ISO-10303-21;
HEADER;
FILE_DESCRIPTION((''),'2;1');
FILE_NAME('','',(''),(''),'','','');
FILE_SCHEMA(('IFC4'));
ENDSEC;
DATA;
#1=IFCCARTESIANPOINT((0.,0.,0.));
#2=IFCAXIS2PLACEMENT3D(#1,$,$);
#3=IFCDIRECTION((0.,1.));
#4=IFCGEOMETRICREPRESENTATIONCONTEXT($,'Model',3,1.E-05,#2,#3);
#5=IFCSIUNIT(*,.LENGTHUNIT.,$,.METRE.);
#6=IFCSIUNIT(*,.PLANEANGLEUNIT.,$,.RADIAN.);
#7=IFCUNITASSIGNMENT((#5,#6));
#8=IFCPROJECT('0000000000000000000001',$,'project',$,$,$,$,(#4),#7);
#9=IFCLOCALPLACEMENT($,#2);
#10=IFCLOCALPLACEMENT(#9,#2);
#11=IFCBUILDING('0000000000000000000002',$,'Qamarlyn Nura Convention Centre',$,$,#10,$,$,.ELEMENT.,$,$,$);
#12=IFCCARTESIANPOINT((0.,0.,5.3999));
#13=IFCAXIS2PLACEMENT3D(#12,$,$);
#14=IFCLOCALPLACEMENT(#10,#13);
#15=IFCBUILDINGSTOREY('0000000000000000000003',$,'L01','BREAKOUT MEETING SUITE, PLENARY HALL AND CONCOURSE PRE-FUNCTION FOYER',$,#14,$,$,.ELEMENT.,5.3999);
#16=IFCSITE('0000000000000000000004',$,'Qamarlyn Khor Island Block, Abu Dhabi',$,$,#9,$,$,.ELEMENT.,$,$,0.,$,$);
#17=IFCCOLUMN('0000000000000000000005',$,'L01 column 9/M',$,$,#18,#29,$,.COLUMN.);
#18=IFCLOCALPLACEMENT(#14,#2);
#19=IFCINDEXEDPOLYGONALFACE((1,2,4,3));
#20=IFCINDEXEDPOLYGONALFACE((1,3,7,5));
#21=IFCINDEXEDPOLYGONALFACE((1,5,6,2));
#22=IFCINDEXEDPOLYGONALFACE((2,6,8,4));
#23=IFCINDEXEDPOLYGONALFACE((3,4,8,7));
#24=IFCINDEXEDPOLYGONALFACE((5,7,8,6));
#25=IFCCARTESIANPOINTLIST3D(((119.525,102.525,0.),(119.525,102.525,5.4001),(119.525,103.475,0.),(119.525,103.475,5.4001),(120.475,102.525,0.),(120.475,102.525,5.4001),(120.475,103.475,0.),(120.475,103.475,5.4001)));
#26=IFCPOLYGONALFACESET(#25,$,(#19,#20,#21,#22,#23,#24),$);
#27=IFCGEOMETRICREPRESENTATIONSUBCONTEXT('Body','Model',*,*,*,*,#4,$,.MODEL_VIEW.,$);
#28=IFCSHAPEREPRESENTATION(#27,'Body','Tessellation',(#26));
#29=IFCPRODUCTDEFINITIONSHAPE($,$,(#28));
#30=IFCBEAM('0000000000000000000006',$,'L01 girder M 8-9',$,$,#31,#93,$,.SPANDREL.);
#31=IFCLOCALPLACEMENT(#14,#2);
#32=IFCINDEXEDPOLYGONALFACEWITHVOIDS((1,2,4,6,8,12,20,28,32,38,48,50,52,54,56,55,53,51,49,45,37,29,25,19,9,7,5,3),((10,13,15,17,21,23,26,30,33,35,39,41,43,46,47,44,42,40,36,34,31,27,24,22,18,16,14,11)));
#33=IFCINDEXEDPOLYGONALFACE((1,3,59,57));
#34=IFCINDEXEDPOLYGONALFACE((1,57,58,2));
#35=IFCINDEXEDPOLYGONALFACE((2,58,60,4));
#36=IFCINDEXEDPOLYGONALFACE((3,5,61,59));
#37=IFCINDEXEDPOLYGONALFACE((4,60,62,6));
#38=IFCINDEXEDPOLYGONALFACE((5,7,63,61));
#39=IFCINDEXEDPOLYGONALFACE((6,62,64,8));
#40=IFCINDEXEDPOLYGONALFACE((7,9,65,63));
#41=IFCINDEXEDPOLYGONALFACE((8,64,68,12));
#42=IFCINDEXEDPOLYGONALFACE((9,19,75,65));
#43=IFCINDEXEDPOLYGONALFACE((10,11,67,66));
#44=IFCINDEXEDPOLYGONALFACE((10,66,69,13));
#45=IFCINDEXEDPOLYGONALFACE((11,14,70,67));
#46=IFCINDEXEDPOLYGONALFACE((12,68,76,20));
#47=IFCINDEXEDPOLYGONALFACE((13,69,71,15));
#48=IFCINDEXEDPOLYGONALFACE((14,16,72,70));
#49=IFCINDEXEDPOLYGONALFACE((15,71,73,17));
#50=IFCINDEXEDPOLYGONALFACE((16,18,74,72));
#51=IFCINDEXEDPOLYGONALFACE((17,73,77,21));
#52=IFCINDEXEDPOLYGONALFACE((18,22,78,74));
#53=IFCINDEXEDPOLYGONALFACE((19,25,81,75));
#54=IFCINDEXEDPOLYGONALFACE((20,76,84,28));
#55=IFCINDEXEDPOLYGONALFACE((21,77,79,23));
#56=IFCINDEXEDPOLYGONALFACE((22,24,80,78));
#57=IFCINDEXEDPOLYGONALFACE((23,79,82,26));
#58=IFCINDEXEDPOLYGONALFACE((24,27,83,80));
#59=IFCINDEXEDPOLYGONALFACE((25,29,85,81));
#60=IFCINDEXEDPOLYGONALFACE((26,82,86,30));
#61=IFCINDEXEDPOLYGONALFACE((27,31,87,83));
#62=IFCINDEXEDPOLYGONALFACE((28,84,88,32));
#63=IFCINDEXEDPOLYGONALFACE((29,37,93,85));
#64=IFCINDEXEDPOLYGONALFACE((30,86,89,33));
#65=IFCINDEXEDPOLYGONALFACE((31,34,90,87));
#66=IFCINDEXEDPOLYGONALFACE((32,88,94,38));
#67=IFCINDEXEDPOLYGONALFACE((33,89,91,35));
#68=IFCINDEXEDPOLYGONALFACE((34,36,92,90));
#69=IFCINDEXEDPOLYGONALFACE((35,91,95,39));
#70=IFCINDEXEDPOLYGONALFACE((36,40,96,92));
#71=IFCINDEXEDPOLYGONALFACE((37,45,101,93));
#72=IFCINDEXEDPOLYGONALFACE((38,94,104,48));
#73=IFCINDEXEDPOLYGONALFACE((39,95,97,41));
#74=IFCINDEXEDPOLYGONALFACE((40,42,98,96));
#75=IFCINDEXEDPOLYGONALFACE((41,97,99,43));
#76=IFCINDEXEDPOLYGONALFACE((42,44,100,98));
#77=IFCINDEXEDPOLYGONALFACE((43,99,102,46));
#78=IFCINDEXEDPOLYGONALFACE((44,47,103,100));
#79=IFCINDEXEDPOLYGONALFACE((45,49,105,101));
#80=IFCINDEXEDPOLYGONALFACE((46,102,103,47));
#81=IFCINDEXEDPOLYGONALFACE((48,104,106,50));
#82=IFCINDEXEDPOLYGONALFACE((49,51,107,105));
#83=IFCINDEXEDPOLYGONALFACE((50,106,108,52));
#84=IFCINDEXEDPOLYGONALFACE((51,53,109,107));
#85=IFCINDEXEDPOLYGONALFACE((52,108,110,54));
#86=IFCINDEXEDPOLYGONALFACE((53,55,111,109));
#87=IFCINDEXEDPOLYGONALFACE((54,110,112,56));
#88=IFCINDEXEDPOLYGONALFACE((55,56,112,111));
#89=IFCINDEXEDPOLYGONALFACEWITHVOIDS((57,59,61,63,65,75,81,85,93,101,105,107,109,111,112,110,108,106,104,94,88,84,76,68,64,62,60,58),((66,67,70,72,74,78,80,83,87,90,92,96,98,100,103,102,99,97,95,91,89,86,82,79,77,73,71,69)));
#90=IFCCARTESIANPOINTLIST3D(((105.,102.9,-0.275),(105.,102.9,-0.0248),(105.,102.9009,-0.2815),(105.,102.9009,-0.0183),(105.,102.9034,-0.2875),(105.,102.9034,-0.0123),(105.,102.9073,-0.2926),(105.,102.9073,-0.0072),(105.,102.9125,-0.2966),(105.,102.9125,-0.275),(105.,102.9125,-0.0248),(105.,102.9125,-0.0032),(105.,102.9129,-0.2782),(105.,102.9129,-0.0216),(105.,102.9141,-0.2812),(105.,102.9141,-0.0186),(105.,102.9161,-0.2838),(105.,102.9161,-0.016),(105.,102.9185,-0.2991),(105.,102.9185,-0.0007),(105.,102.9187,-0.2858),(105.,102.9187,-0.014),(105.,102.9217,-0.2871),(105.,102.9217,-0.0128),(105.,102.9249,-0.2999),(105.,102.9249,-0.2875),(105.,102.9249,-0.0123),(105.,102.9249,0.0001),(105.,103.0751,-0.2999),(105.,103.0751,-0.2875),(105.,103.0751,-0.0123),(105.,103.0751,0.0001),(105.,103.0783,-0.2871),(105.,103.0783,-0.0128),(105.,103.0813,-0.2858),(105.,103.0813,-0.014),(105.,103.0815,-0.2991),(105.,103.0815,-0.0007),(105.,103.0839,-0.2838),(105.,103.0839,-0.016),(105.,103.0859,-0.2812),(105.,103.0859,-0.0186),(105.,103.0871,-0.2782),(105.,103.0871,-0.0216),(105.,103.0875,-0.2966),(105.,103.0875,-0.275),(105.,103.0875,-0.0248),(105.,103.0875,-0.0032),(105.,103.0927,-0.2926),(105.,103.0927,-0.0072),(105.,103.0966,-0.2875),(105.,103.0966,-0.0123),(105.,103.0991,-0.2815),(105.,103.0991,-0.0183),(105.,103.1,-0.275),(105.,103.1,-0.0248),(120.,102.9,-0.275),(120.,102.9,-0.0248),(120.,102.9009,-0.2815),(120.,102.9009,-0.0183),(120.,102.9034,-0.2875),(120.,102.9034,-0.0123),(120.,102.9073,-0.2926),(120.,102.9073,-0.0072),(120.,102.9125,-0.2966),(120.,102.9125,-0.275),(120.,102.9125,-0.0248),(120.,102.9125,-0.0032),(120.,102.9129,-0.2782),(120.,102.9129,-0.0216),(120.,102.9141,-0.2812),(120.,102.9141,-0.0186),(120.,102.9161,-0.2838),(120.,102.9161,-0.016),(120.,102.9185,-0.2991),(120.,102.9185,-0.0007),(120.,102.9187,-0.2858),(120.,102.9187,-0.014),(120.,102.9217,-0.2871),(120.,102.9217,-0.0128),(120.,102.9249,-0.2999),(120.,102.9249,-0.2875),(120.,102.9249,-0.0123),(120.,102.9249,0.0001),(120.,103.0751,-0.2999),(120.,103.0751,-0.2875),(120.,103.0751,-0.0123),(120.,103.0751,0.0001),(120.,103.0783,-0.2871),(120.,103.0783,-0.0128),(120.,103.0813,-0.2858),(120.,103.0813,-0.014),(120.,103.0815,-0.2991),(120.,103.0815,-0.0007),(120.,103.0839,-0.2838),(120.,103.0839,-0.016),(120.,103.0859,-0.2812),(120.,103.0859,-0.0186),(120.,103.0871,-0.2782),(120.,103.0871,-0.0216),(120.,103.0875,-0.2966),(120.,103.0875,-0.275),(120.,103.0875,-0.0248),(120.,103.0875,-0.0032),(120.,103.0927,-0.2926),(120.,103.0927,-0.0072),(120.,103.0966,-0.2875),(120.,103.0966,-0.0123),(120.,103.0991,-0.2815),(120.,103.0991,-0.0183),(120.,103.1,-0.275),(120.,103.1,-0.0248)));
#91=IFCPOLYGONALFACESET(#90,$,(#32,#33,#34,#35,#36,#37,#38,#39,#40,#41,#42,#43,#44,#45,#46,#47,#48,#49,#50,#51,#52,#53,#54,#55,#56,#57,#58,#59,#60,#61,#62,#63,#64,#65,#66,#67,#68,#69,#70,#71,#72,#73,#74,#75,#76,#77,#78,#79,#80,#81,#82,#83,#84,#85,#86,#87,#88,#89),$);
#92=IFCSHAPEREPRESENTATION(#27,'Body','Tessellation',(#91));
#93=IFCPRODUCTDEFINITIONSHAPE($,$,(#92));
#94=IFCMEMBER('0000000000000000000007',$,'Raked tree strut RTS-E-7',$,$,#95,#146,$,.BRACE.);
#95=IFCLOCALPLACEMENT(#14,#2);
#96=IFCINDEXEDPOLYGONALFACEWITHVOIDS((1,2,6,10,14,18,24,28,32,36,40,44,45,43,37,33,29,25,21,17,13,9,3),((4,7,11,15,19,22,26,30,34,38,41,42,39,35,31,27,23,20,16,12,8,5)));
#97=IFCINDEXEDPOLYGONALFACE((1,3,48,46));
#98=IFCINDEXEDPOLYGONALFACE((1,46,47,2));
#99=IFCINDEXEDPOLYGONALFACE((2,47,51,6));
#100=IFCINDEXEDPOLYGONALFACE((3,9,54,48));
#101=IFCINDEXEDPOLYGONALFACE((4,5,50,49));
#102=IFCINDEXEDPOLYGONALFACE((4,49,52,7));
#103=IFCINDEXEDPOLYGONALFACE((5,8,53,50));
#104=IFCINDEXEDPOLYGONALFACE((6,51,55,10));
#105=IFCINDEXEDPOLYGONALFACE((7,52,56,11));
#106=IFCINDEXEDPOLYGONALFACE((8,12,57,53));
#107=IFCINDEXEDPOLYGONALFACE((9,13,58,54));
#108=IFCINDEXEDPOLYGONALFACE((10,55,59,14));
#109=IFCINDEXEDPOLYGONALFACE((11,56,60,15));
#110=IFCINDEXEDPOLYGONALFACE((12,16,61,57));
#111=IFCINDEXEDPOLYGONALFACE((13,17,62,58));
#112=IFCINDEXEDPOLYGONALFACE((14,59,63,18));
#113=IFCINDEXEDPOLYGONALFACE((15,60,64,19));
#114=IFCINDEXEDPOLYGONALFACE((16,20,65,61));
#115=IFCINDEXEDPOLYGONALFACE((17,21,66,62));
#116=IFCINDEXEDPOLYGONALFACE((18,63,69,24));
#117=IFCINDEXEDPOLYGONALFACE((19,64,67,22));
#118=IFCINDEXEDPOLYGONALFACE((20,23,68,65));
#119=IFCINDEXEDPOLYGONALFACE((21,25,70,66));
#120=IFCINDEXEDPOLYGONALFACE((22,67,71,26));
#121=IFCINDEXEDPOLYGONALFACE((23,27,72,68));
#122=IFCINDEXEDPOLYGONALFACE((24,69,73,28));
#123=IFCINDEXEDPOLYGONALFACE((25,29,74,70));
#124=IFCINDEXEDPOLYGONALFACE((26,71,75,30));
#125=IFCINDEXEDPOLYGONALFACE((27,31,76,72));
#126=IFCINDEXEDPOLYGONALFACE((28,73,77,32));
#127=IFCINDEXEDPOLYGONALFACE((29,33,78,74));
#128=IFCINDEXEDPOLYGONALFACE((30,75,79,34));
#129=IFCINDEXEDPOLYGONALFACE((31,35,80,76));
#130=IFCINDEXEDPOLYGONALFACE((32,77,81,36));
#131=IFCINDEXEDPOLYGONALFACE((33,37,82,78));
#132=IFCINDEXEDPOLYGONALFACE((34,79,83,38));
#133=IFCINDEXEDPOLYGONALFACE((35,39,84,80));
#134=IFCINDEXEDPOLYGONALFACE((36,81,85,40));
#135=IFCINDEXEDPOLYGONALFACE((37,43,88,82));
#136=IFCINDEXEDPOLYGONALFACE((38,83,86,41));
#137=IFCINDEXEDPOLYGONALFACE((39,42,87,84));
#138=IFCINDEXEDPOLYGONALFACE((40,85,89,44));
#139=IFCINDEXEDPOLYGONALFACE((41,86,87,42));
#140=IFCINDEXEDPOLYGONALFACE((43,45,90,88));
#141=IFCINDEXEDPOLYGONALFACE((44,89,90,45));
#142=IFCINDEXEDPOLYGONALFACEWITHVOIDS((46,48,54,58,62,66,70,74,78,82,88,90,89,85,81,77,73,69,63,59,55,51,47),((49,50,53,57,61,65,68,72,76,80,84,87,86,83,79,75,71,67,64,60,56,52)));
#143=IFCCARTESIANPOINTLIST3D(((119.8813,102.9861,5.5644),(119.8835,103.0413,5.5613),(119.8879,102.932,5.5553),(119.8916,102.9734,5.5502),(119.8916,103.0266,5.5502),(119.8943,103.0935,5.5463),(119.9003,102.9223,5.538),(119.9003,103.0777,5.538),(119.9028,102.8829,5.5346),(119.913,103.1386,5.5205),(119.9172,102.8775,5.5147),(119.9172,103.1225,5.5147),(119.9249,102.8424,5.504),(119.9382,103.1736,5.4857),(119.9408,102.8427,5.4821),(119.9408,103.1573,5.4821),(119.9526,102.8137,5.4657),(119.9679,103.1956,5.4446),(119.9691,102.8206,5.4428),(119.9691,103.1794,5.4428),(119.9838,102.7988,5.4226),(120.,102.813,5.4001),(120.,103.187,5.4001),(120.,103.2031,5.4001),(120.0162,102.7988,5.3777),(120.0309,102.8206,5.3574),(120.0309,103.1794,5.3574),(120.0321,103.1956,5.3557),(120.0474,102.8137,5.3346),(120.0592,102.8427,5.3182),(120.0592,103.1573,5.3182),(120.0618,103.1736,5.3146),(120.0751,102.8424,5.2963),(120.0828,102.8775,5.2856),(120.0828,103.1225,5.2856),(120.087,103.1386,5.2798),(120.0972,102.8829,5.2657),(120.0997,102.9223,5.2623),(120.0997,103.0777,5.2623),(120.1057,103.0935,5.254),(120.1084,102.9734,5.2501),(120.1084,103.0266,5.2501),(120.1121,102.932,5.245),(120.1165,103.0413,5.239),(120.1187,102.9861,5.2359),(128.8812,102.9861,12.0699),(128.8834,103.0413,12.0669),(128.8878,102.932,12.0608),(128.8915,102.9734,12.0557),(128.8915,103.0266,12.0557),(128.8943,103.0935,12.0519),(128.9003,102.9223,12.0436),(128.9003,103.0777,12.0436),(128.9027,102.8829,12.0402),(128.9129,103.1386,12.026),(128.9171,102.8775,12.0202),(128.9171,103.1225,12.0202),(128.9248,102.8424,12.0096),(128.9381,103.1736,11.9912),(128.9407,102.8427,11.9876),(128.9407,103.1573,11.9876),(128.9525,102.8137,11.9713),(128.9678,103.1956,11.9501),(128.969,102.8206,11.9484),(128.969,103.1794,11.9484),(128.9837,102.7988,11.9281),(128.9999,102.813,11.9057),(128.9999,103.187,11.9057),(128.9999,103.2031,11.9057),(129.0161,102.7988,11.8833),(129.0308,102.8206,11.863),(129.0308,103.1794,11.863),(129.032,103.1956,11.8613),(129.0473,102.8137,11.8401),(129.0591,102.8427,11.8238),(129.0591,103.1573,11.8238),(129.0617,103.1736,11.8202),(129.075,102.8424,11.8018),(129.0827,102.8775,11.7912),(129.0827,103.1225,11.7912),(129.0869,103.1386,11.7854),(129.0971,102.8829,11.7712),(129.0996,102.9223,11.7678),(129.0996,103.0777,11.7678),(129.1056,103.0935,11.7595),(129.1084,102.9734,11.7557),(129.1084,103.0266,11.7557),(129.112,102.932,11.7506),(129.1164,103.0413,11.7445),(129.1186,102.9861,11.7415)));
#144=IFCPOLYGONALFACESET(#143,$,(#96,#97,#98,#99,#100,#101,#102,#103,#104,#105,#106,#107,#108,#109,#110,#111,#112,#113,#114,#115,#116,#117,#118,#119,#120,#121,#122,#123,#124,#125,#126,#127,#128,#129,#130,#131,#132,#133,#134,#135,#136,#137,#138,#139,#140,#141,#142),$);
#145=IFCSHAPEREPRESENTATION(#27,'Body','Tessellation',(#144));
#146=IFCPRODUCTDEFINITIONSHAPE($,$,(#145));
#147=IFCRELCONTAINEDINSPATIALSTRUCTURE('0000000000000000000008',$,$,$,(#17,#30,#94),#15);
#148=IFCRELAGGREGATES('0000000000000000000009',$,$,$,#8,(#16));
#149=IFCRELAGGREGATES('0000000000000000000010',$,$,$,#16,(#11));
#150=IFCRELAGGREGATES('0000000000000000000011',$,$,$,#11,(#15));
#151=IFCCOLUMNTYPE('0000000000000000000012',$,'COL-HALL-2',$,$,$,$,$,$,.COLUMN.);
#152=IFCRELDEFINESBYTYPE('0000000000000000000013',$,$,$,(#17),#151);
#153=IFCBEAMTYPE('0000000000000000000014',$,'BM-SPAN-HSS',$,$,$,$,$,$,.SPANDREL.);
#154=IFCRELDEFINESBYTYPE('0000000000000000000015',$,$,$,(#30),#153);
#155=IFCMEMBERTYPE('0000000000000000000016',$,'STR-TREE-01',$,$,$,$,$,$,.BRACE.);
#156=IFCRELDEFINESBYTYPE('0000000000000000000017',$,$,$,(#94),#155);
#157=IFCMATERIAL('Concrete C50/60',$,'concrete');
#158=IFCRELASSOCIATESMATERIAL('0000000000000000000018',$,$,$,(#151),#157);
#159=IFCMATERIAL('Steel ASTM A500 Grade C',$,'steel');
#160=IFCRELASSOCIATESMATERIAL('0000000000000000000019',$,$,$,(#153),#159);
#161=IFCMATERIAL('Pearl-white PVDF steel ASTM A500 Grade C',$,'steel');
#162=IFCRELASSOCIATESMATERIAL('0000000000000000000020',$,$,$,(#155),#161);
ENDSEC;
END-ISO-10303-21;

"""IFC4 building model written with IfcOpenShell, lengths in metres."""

from ifc_helpers import new_model, si_unit, direction, frame, origin, origin_2d, place, context, subcontext, project, spatial, rectangle, hollow_rectangle, hollow_circle, extrude, material, material_profile, profile_set, type_object, element, save


model = new_model("IFC4")

# Units and contexts
model_context = context("Model", 3, precision=1e-05, world=origin(), true_north=direction((0.0, 1.0)))
body_context = subcontext(model_context, "Body", "Model", "MODEL_VIEW")
ifc_project = project(units=[si_unit("LENGTHUNIT", "METRE"), si_unit("PLANEANGLEUNIT", "RADIAN")], contexts=[model_context])

# Site, building, storey
site_placement = place(None, origin())
site = spatial("IfcSite", under=ifc_project, at=site_placement, Name="Qamarlyn Khor Island Block, Abu Dhabi", CompositionType="ELEMENT", RefElevation=0.0)
building_placement = place(site_placement, origin())
building = spatial("IfcBuilding", under=site, at=building_placement, Name="Qamarlyn Nura Convention Centre", CompositionType="ELEMENT")
storey_placement = place(building_placement, frame((0.0, 0.0, 5.3999)))
storey = spatial("IfcBuildingStorey", under=building, at=storey_placement, Name="L01", Description="BREAKOUT MEETING SUITE, PLENARY HALL AND CONCOURSE PRE-FUNCTION FOYER", CompositionType="ELEMENT", Elevation=5.3999)

# Column
ifc_material_1 = material(Name="Concrete C50/60", Category="concrete")
ifc_material_profile_1 = material_profile(ifc_material_1, rectangle(XDim=0.95, YDim=0.95, at=origin_2d()), Name="RC 950x950")
ifc_profile_set_1 = profile_set([ifc_material_profile_1], Name="Concrete C50/60")
column_type = type_object("IfcColumnType", Name="COL-HALL-2", PredefinedType="COLUMN", material=ifc_profile_set_1)
column_placement = place(storey_placement, frame((120.0, 103.0, 0.0), z_axis=(0.0, 0.0, 1.0), x_axis=(1.0, 0.0, 0.0)))
element("IfcColumn", 1, at=column_placement, inside=storey, type_object=column_type, Name="L01 column 9/M", PredefinedType="COLUMN", context=body_context, shape_type="SweptSolid", body=[
    extrude(rectangle(XDim=0.95, YDim=0.95, at=origin_2d()), origin(), (0.0, 0.0, 1.0), 5.4001),
])

# Beam
ifc_material_2 = material(Name="Steel ASTM A500 Grade C", Category="steel")
ifc_material_profile_2 = material_profile(ifc_material_2, hollow_rectangle(XDim=0.2, YDim=0.3, WallThickness=0.0125, InnerFilletRadius=0.0125, OuterFilletRadius=0.0249, at=origin_2d()), Name="HSS300X200X12.5")
ifc_profile_set_2 = profile_set([ifc_material_profile_2], Name="Steel ASTM A500 Grade C")
beam_type = type_object("IfcBeamType", Name="BM-SPAN-HSS", PredefinedType="SPANDREL", material=ifc_profile_set_2)
beam_placement = place(storey_placement, frame((105.0, 103.0, -0.1499), z_axis=(1.0, 0.0, 0.0), x_axis=(0.0, 1.0, 0.0)))
element("IfcBeam", 2, at=beam_placement, inside=storey, type_object=beam_type, Name="L01 girder M 8-9", PredefinedType="SPANDREL", context=body_context, shape_type="SweptSolid", body=[
    extrude(hollow_rectangle(XDim=0.2, YDim=0.3, WallThickness=0.0125, InnerFilletRadius=0.0125, OuterFilletRadius=0.0249, at=origin_2d()), origin(), (0.0, 0.0, 1.0), 15.0),
])

# Member
ifc_material_3 = material(Name="Pearl-white PVDF steel ASTM A500 Grade C", Category="steel")
ifc_material_profile_3 = material_profile(ifc_material_3, hollow_circle(Radius=0.2031, WallThickness=0.0161, at=origin_2d()), Name="CHS406.4X16")
ifc_profile_set_3 = profile_set([ifc_material_profile_3], Name="Pearl-white PVDF steel ASTM A500 Grade C")
member_type_1 = type_object("IfcMemberType", Name="STR-TREE-01", PredefinedType="BRACE", material=ifc_profile_set_3)
member_1_placement = place(storey_placement, frame((120.0, 103.0, 5.4001), z_axis=(0.810439, 0.0, 0.585823), x_axis=(0.0, 1.0, 0.0)))
element("IfcMember", 3, at=member_1_placement, inside=storey, type_object=member_type_1, Name="Raked tree strut RTS-E-7", PredefinedType="BRACE", context=body_context, shape_type="SweptSolid", body=[
    extrude(hollow_circle(Radius=0.2031, WallThickness=0.0161, at=origin_2d()), origin(), (0.0, 0.0, 1.0), 11.105),
])

save(model, "model.ifc")
